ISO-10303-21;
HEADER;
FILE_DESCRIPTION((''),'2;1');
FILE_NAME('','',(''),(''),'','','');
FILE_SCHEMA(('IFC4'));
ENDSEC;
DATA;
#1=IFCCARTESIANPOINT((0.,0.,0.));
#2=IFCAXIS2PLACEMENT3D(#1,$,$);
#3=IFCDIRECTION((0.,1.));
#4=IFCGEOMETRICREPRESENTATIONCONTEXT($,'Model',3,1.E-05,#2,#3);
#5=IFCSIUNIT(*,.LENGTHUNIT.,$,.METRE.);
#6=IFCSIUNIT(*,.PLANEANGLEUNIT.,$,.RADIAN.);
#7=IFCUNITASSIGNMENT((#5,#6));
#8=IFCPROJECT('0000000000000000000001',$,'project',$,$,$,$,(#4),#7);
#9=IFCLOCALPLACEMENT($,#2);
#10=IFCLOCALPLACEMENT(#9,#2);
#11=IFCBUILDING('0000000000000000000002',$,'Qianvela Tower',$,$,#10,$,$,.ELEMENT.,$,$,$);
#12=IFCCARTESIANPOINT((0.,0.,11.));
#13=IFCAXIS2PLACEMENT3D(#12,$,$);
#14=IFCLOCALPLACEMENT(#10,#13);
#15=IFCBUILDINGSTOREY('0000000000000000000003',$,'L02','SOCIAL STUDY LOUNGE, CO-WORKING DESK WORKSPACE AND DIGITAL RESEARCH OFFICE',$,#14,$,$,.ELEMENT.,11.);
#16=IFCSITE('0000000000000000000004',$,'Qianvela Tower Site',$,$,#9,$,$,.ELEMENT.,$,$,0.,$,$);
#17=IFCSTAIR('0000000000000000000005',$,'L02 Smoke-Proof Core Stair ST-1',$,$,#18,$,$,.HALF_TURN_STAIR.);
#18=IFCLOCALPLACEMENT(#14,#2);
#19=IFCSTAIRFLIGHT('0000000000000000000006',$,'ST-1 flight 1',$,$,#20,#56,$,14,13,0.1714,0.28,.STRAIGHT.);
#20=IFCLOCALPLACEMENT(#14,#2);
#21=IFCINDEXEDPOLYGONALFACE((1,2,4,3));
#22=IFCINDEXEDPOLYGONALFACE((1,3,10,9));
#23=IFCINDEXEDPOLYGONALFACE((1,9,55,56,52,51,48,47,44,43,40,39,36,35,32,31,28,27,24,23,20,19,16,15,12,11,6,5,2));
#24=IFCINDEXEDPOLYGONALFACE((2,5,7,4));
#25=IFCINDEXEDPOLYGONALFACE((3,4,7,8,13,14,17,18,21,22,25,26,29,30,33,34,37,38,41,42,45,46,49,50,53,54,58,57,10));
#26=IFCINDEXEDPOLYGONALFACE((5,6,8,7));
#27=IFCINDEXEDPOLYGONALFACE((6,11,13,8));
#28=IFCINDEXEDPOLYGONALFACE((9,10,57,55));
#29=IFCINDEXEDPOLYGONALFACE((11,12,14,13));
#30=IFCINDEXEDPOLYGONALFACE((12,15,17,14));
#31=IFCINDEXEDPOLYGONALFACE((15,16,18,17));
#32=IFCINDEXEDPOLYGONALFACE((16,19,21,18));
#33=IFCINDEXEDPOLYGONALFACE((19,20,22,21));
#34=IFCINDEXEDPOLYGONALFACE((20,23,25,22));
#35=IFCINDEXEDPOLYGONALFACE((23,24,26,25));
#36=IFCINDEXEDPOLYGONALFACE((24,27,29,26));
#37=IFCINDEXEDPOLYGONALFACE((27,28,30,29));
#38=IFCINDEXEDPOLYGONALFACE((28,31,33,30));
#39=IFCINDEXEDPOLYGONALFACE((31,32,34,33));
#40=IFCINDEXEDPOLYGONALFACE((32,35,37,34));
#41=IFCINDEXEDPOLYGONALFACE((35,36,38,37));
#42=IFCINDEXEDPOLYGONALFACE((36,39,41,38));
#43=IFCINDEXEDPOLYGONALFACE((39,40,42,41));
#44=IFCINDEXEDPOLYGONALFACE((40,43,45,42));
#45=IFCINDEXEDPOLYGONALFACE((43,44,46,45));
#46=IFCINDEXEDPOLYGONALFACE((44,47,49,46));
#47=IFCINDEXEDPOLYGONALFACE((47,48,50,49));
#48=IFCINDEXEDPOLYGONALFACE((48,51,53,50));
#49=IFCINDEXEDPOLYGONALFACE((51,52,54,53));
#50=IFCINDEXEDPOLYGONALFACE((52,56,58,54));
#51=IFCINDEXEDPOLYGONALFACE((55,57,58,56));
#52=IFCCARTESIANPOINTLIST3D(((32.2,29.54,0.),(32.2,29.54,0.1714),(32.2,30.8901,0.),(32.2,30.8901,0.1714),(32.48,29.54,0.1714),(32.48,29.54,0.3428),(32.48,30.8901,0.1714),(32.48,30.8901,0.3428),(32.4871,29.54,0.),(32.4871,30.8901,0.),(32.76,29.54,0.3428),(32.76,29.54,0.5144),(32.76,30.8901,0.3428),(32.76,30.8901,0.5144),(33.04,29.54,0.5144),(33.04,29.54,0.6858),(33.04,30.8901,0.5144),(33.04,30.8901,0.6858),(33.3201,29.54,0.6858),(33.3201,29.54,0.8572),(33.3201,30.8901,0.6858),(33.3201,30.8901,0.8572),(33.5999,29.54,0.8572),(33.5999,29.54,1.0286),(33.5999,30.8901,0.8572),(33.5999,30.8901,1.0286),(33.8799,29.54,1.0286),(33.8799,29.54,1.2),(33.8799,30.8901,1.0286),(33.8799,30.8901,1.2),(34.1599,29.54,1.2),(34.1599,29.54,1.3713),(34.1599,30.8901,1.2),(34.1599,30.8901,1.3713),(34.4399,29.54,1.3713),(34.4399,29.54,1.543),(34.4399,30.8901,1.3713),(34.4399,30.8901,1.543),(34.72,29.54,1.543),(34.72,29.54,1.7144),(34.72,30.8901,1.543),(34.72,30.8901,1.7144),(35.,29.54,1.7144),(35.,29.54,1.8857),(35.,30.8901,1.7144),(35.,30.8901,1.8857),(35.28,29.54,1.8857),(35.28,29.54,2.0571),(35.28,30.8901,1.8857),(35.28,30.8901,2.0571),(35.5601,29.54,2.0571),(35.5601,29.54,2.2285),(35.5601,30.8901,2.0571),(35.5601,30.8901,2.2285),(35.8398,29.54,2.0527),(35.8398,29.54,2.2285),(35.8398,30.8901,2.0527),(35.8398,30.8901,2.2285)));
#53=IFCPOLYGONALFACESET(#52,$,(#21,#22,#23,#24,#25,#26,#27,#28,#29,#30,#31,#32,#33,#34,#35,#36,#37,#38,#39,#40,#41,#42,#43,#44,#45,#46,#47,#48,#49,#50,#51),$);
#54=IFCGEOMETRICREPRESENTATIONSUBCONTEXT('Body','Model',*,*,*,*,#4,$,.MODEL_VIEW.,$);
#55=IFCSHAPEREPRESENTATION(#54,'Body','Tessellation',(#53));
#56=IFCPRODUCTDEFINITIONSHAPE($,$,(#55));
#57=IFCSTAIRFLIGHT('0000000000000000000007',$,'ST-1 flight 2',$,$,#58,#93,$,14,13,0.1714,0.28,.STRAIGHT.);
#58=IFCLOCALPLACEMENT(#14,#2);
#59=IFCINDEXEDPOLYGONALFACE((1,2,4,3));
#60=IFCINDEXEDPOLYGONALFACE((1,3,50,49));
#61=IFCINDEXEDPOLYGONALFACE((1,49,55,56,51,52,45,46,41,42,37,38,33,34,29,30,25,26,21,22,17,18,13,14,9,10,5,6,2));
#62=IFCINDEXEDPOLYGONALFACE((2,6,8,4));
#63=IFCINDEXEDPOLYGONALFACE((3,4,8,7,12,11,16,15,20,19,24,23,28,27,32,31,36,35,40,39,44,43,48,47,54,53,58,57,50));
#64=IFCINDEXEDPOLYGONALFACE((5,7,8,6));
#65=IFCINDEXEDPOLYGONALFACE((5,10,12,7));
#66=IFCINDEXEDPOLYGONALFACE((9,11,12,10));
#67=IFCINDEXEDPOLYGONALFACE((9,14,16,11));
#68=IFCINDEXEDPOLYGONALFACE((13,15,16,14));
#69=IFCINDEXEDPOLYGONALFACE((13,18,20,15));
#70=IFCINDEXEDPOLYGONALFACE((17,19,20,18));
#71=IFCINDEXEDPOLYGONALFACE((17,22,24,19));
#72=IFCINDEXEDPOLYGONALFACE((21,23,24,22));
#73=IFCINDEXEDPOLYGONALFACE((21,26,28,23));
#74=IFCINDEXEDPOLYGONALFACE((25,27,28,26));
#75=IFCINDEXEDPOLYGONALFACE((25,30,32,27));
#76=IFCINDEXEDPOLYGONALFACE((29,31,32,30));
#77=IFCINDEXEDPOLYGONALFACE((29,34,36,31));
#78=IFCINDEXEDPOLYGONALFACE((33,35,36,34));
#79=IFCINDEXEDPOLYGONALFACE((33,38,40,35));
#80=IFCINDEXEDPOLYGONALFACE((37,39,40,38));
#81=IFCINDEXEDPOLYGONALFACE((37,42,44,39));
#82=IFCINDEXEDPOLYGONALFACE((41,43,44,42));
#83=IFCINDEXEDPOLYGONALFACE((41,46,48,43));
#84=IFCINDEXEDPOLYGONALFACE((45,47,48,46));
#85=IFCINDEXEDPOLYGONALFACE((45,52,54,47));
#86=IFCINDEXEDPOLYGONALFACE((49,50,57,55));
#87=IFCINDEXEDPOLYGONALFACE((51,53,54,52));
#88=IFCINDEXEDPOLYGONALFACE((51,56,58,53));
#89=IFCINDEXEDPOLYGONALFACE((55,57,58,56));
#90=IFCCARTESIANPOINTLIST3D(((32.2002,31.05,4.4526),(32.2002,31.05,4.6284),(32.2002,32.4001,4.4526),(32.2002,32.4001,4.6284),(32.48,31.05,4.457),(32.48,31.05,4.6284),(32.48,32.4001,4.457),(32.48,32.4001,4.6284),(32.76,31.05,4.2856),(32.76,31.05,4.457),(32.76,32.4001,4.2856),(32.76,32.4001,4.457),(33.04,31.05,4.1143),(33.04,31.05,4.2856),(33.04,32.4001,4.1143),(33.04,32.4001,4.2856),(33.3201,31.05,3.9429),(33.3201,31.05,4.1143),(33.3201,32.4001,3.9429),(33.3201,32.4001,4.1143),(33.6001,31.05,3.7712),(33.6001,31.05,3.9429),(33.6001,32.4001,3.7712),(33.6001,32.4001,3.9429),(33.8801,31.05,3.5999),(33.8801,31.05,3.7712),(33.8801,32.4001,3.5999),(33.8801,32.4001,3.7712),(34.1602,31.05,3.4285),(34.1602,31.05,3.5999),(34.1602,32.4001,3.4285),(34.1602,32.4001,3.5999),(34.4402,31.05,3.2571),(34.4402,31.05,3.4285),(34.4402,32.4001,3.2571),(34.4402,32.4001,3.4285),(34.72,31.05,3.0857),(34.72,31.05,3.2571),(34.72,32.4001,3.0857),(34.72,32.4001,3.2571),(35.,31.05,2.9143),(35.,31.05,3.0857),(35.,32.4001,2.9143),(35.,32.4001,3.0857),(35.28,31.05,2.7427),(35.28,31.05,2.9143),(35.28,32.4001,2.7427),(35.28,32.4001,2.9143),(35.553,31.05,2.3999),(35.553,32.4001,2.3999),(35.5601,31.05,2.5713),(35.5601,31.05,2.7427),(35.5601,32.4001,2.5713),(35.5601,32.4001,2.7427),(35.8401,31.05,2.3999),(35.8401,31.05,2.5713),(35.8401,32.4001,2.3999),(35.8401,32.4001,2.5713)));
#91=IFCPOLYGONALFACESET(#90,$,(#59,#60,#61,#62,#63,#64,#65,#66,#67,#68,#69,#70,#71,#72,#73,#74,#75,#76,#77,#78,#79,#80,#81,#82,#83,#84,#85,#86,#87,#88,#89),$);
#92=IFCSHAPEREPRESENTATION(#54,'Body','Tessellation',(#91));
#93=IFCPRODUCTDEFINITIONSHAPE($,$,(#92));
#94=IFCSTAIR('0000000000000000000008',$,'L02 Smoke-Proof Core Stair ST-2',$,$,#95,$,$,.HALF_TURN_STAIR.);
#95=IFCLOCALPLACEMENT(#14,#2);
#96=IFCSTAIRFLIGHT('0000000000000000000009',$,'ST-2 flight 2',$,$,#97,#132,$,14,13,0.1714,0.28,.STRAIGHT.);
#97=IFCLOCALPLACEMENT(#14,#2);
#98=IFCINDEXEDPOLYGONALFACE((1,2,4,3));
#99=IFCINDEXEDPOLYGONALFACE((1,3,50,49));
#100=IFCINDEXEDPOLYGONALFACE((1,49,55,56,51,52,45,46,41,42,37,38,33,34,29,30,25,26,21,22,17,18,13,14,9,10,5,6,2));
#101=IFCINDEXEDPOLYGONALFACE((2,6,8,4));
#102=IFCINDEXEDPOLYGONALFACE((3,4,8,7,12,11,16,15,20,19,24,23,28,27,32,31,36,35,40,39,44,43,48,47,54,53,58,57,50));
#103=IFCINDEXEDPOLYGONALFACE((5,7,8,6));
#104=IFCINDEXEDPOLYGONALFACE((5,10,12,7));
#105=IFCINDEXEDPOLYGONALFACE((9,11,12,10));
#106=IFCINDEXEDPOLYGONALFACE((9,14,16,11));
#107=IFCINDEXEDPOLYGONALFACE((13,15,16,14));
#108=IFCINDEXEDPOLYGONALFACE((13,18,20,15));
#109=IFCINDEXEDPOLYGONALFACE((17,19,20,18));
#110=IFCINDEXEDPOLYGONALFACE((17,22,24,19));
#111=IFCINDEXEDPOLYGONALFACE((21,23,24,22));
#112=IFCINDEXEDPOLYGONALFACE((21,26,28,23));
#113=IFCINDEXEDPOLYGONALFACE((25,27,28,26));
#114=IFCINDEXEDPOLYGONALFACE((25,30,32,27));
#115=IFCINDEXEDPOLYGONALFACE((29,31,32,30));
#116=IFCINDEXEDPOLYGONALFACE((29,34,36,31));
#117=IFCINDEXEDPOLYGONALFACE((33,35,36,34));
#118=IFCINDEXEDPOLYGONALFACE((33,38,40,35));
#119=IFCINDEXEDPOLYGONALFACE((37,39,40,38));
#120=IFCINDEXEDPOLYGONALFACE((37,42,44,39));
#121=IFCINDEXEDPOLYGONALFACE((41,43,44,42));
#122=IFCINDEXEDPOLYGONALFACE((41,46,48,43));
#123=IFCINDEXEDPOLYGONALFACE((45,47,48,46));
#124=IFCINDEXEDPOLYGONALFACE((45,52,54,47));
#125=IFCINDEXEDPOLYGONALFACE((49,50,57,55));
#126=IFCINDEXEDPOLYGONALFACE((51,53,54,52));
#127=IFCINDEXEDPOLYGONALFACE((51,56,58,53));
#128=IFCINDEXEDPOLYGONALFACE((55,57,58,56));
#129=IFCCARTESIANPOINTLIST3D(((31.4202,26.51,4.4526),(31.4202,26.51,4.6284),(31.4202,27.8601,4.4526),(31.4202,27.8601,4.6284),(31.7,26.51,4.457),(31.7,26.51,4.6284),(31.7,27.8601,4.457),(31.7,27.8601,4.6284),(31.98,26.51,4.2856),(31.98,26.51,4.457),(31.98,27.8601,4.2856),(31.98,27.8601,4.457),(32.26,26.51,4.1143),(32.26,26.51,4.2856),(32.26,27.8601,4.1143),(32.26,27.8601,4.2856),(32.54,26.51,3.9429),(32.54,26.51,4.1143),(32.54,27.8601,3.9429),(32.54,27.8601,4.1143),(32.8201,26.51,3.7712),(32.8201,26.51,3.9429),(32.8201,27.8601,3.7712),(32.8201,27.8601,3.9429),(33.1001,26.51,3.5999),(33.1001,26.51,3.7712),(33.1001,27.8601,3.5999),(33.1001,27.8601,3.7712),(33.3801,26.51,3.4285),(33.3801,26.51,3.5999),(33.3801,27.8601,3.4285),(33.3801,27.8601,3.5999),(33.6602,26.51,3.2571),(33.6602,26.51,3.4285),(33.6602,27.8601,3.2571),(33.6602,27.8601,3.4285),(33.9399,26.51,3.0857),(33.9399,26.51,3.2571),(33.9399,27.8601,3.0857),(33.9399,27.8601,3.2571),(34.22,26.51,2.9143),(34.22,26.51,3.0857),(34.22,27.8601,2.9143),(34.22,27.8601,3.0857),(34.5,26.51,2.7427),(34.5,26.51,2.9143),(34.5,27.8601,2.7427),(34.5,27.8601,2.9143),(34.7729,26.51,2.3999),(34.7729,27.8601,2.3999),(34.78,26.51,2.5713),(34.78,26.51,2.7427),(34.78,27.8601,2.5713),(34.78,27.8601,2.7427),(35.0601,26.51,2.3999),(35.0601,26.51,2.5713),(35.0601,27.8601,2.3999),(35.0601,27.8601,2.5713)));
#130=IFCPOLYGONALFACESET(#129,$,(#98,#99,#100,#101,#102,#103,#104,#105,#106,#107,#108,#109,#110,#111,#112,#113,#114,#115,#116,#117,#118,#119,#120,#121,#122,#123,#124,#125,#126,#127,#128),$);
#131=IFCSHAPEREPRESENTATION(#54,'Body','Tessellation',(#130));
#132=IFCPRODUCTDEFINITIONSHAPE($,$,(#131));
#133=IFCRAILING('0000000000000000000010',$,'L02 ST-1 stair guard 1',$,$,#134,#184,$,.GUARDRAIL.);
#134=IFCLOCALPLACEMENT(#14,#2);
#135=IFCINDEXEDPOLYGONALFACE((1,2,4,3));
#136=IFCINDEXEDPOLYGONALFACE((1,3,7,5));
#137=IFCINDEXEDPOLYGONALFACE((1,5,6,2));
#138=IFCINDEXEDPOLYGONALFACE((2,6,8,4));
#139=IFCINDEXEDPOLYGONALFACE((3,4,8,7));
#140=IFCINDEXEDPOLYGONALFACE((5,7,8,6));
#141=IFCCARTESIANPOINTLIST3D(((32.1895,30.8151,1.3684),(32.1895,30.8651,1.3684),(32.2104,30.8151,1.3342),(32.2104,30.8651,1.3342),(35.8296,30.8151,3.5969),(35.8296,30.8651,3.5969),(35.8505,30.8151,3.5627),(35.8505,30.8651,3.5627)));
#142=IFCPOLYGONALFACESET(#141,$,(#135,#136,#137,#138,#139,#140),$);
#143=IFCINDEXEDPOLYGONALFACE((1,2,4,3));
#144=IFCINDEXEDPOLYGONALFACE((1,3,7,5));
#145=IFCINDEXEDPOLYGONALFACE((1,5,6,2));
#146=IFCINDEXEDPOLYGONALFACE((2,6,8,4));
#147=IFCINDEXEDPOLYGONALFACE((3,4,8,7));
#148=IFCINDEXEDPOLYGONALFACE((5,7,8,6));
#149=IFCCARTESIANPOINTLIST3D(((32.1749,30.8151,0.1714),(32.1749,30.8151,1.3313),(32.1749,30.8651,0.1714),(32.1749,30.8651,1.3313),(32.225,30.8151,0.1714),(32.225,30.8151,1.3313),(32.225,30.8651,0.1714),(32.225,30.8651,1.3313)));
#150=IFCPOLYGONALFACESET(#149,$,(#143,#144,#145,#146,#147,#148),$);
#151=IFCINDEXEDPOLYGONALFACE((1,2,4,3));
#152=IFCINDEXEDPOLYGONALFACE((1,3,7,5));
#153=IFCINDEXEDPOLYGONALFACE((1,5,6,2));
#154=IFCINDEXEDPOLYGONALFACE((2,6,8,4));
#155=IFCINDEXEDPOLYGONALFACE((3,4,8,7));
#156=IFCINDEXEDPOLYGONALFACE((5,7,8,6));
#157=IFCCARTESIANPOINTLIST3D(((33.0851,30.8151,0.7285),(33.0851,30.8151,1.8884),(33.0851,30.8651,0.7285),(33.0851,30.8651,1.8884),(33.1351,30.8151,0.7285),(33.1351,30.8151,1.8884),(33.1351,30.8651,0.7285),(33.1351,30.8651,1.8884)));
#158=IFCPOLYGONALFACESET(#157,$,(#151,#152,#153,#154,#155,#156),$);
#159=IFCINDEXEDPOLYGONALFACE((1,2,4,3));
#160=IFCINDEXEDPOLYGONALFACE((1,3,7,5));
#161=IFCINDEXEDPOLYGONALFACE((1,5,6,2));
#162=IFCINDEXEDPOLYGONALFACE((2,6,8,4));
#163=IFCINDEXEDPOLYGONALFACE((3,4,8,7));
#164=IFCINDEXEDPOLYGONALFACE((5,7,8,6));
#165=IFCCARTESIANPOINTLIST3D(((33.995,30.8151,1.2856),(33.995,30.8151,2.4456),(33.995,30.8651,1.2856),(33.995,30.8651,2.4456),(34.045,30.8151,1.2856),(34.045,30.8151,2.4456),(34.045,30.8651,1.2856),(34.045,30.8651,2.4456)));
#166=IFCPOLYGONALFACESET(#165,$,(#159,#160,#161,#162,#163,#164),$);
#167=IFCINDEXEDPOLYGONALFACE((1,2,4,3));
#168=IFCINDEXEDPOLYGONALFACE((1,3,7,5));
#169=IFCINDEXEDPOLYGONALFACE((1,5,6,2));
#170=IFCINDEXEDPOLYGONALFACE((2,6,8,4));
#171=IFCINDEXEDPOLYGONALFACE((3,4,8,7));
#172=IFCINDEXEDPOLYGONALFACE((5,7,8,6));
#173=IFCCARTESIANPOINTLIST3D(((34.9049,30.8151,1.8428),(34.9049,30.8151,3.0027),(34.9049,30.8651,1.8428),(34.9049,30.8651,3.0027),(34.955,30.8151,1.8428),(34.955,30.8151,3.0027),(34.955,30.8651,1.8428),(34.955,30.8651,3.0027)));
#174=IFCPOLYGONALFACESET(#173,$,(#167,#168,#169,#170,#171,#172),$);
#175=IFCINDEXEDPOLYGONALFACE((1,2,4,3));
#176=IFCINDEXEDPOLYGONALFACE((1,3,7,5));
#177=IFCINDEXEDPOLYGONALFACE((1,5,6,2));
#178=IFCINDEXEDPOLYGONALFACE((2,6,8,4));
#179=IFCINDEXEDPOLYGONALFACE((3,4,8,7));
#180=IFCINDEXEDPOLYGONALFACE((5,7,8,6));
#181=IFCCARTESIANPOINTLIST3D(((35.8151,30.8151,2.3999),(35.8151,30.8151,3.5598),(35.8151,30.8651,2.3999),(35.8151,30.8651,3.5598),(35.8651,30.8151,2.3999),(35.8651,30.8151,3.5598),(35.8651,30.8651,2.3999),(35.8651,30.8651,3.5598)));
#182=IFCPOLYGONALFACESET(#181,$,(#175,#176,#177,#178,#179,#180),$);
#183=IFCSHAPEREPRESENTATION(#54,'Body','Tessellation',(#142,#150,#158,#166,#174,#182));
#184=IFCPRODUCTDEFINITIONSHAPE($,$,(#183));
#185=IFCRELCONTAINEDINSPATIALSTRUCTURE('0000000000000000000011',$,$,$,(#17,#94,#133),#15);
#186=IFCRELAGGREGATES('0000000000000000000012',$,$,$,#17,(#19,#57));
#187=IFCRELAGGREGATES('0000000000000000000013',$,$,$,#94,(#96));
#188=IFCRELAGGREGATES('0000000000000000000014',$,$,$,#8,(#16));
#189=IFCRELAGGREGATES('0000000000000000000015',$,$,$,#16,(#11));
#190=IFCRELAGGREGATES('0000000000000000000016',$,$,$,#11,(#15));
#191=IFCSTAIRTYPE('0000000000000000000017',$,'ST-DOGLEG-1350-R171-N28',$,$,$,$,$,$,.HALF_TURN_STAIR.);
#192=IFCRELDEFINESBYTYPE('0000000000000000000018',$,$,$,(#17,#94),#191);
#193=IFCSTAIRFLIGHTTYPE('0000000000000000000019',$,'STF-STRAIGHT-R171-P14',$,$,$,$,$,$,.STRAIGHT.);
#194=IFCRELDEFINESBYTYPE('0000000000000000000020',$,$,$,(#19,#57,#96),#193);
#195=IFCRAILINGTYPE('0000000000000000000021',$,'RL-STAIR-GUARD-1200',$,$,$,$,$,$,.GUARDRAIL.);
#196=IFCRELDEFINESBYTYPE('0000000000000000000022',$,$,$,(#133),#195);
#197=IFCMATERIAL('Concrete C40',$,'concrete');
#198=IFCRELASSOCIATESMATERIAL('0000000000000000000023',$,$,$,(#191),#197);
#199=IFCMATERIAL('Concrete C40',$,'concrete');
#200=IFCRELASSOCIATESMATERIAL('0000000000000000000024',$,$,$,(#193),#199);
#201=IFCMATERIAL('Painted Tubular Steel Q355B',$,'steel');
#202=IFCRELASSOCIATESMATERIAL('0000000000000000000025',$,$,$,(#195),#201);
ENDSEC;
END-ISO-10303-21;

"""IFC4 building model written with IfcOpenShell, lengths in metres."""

from ifc_helpers import new_model, si_unit, direction, frame, origin, origin_2d, place, context, subcontext, project, spatial, polyline, rectangle, outline, extrude, material, type_object, element, aggregate, save


model = new_model("IFC4")

# Units and contexts
model_context = context("Model", 3, precision=1e-05, world=origin(), true_north=direction((0.0, 1.0)))
body_context = subcontext(model_context, "Body", "Model", "MODEL_VIEW")
ifc_project = project(units=[si_unit("LENGTHUNIT", "METRE"), si_unit("PLANEANGLEUNIT", "RADIAN")], contexts=[model_context])

# Site, building, storey
site_placement = place(None, origin())
site = spatial("IfcSite", under=ifc_project, at=site_placement, Name="Qianvela Tower Site", CompositionType="ELEMENT", RefElevation=0.0)
building_placement = place(site_placement, origin())
building = spatial("IfcBuilding", under=site, at=building_placement, Name="Qianvela Tower", CompositionType="ELEMENT")
storey_placement = place(building_placement, frame((0.0, 0.0, 11.0)))
storey = spatial("IfcBuildingStorey", under=building, at=storey_placement, Name="L02", Description="SOCIAL STUDY LOUNGE, CO-WORKING DESK WORKSPACE AND DIGITAL RESEARCH OFFICE", CompositionType="ELEMENT", Elevation=11.0)

# Stair, stair flights
ifc_material_1 = material(Name="Concrete C40", Category="concrete")
stair_type = type_object("IfcStairType", Name="ST-DOGLEG-1350-R171-N28", PredefinedType="HALF_TURN_STAIR", material=ifc_material_1)
stair_1_placement = place(storey_placement, origin())
stair_1 = element("IfcStair", 1, at=stair_1_placement, inside=storey, type_object=stair_type, Name="L02 Smoke-Proof Core Stair ST-1", PredefinedType="HALF_TURN_STAIR")
ifc_material_2 = material(Name="Concrete C40", Category="concrete")
stair_flight_type = type_object("IfcStairFlightType", Name="STF-STRAIGHT-R171-P14", PredefinedType="STRAIGHT", material=ifc_material_2)
stair_flight_1_placement = place(storey_placement, frame((32.2, 30.2151, 0.0), z_axis=(0.0, 0.0, 1.0), x_axis=(1.0, 0.0, 0.0)))
stair_flight_1 = element("IfcStairFlight", 2, at=stair_flight_1_placement, type_object=stair_flight_type, Name="ST-1 flight 1", NumberOfRisers=14, NumberOfTreads=13, PredefinedType="STRAIGHT", RiserHeight=0.1714, TreadLength=0.28, context=body_context, shape_type="SweptSolid", body=[
    extrude(outline(polyline([(0.0, 0.0), (0.0, 0.1714), (0.28, 0.1714), (0.28, 0.3428), (0.5601, 0.3428), (0.5601, 0.5144), (0.8401, 0.5144), (0.8401, 0.6858), (1.1201, 0.6858), (1.1201, 0.8572), (1.3999, 0.8572), (1.3999, 1.0286), (1.6799, 1.0286), (1.6799, 1.2), (1.96, 1.2), (1.96, 1.3713), (2.24, 1.3713), (2.24, 1.543), (2.52, 1.543), (2.52, 1.7144), (2.8, 1.7144), (2.8, 1.8857), (3.0801, 1.8857), (3.0801, 2.0571), (3.3601, 2.0571), (3.3601, 2.2285), (3.6399, 2.2285), (3.6399, 2.3999), (3.6399, 2.0527), (0.2871, 0.0), (0.0, 0.0)])), frame((0.0, 0.675, 0.0), z_axis=(0.0, -1.0, 0.0), x_axis=(1.0, 0.0, 0.0)), (0.0, 0.0, 1.0), 1.3501),
])
stair_flight_2_placement = place(storey_placement, frame((35.8401, 31.7251, 2.3999), z_axis=(0.0, 0.0, 1.0), x_axis=(-1.0, 0.0, 0.0)))
stair_flight_2 = element("IfcStairFlight", 3, at=stair_flight_2_placement, type_object=stair_flight_type, Name="ST-1 flight 2", NumberOfRisers=14, NumberOfTreads=13, PredefinedType="STRAIGHT", RiserHeight=0.1714, TreadLength=0.28, context=body_context, shape_type="SweptSolid", body=[
    extrude(outline(polyline([(0.0, 0.0), (0.0, 0.1714), (0.28, 0.1714), (0.28, 0.3428), (0.5601, 0.3428), (0.5601, 0.5144), (0.8401, 0.5144), (0.8401, 0.6858), (1.1201, 0.6858), (1.1201, 0.8572), (1.3999, 0.8572), (1.3999, 1.0286), (1.6799, 1.0286), (1.6799, 1.2), (1.96, 1.2), (1.96, 1.3713), (2.24, 1.3713), (2.24, 1.543), (2.52, 1.543), (2.52, 1.7144), (2.8, 1.7144), (2.8, 1.8857), (3.0801, 1.8857), (3.0801, 2.0571), (3.3601, 2.0571), (3.3601, 2.2285), (3.6399, 2.2285), (3.6399, 2.3999), (3.6399, 2.0527), (0.2871, 0.0), (0.0, 0.0)])), frame((0.0, 0.675, 0.0), z_axis=(0.0, -1.0, 0.0), x_axis=(1.0, 0.0, 0.0)), (0.0, 0.0, 1.0), 1.3501),
])
aggregate(stair_1, [stair_flight_1, stair_flight_2])

# Stair, stair flight
stair_2_placement = place(storey_placement, origin())
stair_2 = element("IfcStair", 4, at=stair_2_placement, inside=storey, type_object=stair_type, Name="L02 Smoke-Proof Core Stair ST-2", PredefinedType="HALF_TURN_STAIR")
stair_flight_3_placement = place(storey_placement, frame((35.0601, 27.1851, 2.3999), z_axis=(0.0, 0.0, 1.0), x_axis=(-1.0, 0.0, 0.0)))
stair_flight_3 = element("IfcStairFlight", 5, at=stair_flight_3_placement, type_object=stair_flight_type, Name="ST-2 flight 2", NumberOfRisers=14, NumberOfTreads=13, PredefinedType="STRAIGHT", RiserHeight=0.1714, TreadLength=0.28, context=body_context, shape_type="SweptSolid", body=[
    extrude(outline(polyline([(0.0, 0.0), (0.0, 0.1714), (0.28, 0.1714), (0.28, 0.3428), (0.5601, 0.3428), (0.5601, 0.5144), (0.8401, 0.5144), (0.8401, 0.6858), (1.1201, 0.6858), (1.1201, 0.8572), (1.3999, 0.8572), (1.3999, 1.0286), (1.6799, 1.0286), (1.6799, 1.2), (1.96, 1.2), (1.96, 1.3713), (2.24, 1.3713), (2.24, 1.543), (2.52, 1.543), (2.52, 1.7144), (2.8, 1.7144), (2.8, 1.8857), (3.0801, 1.8857), (3.0801, 2.0571), (3.3601, 2.0571), (3.3601, 2.2285), (3.6399, 2.2285), (3.6399, 2.3999), (3.6399, 2.0527), (0.2871, 0.0), (0.0, 0.0)])), frame((0.0, 0.675, 0.0), z_axis=(0.0, -1.0, 0.0), x_axis=(1.0, 0.0, 0.0)), (0.0, 0.0, 1.0), 1.3501),
])
aggregate(stair_2, [stair_flight_3])

# Railing
ifc_material_3 = material(Name="Painted Tubular Steel Q355B", Category="steel")
railing_type_1 = type_object("IfcRailingType", Name="RL-STAIR-GUARD-1200", PredefinedType="GUARDRAIL", material=ifc_material_3)
railing_1_placement = place(storey_placement, frame((32.2, 30.8401, 0.1714)))
element("IfcRailing", 6, at=railing_1_placement, inside=storey, type_object=railing_type_1, Name="L02 ST-1 stair guard 1", PredefinedType="GUARDRAIL", context=body_context, shape_type="SweptSolid", body=[
    extrude(rectangle(XDim=0.05, YDim=0.04, at=origin_2d()), frame((0.0, 0.0, 1.1799), z_axis=(0.852866, 0.0, 0.52213), x_axis=(0.0, 1.0, 0.0)), (0.0, 0.0, 1.0), 4.2681),
    extrude(rectangle(XDim=0.05, YDim=0.05, at=origin_2d()), origin(), (0.0, 0.0, 1.0), 1.1599),
    extrude(rectangle(XDim=0.05, YDim=0.05, at=origin_2d()), frame((0.9102, 0.0, 0.5571)), (0.0, 0.0, 1.0), 1.1599),
    extrude(rectangle(XDim=0.05, YDim=0.05, at=origin_2d()), frame((1.8201, 0.0, 1.1143)), (0.0, 0.0, 1.0), 1.1599),
    extrude(rectangle(XDim=0.05, YDim=0.05, at=origin_2d()), frame((2.73, 0.0, 1.6714)), (0.0, 0.0, 1.0), 1.1599),
    extrude(rectangle(XDim=0.05, YDim=0.05, at=origin_2d()), frame((3.6401, 0.0, 2.2285)), (0.0, 0.0, 1.0), 1.1599),
])

save(model, "model.ifc")
